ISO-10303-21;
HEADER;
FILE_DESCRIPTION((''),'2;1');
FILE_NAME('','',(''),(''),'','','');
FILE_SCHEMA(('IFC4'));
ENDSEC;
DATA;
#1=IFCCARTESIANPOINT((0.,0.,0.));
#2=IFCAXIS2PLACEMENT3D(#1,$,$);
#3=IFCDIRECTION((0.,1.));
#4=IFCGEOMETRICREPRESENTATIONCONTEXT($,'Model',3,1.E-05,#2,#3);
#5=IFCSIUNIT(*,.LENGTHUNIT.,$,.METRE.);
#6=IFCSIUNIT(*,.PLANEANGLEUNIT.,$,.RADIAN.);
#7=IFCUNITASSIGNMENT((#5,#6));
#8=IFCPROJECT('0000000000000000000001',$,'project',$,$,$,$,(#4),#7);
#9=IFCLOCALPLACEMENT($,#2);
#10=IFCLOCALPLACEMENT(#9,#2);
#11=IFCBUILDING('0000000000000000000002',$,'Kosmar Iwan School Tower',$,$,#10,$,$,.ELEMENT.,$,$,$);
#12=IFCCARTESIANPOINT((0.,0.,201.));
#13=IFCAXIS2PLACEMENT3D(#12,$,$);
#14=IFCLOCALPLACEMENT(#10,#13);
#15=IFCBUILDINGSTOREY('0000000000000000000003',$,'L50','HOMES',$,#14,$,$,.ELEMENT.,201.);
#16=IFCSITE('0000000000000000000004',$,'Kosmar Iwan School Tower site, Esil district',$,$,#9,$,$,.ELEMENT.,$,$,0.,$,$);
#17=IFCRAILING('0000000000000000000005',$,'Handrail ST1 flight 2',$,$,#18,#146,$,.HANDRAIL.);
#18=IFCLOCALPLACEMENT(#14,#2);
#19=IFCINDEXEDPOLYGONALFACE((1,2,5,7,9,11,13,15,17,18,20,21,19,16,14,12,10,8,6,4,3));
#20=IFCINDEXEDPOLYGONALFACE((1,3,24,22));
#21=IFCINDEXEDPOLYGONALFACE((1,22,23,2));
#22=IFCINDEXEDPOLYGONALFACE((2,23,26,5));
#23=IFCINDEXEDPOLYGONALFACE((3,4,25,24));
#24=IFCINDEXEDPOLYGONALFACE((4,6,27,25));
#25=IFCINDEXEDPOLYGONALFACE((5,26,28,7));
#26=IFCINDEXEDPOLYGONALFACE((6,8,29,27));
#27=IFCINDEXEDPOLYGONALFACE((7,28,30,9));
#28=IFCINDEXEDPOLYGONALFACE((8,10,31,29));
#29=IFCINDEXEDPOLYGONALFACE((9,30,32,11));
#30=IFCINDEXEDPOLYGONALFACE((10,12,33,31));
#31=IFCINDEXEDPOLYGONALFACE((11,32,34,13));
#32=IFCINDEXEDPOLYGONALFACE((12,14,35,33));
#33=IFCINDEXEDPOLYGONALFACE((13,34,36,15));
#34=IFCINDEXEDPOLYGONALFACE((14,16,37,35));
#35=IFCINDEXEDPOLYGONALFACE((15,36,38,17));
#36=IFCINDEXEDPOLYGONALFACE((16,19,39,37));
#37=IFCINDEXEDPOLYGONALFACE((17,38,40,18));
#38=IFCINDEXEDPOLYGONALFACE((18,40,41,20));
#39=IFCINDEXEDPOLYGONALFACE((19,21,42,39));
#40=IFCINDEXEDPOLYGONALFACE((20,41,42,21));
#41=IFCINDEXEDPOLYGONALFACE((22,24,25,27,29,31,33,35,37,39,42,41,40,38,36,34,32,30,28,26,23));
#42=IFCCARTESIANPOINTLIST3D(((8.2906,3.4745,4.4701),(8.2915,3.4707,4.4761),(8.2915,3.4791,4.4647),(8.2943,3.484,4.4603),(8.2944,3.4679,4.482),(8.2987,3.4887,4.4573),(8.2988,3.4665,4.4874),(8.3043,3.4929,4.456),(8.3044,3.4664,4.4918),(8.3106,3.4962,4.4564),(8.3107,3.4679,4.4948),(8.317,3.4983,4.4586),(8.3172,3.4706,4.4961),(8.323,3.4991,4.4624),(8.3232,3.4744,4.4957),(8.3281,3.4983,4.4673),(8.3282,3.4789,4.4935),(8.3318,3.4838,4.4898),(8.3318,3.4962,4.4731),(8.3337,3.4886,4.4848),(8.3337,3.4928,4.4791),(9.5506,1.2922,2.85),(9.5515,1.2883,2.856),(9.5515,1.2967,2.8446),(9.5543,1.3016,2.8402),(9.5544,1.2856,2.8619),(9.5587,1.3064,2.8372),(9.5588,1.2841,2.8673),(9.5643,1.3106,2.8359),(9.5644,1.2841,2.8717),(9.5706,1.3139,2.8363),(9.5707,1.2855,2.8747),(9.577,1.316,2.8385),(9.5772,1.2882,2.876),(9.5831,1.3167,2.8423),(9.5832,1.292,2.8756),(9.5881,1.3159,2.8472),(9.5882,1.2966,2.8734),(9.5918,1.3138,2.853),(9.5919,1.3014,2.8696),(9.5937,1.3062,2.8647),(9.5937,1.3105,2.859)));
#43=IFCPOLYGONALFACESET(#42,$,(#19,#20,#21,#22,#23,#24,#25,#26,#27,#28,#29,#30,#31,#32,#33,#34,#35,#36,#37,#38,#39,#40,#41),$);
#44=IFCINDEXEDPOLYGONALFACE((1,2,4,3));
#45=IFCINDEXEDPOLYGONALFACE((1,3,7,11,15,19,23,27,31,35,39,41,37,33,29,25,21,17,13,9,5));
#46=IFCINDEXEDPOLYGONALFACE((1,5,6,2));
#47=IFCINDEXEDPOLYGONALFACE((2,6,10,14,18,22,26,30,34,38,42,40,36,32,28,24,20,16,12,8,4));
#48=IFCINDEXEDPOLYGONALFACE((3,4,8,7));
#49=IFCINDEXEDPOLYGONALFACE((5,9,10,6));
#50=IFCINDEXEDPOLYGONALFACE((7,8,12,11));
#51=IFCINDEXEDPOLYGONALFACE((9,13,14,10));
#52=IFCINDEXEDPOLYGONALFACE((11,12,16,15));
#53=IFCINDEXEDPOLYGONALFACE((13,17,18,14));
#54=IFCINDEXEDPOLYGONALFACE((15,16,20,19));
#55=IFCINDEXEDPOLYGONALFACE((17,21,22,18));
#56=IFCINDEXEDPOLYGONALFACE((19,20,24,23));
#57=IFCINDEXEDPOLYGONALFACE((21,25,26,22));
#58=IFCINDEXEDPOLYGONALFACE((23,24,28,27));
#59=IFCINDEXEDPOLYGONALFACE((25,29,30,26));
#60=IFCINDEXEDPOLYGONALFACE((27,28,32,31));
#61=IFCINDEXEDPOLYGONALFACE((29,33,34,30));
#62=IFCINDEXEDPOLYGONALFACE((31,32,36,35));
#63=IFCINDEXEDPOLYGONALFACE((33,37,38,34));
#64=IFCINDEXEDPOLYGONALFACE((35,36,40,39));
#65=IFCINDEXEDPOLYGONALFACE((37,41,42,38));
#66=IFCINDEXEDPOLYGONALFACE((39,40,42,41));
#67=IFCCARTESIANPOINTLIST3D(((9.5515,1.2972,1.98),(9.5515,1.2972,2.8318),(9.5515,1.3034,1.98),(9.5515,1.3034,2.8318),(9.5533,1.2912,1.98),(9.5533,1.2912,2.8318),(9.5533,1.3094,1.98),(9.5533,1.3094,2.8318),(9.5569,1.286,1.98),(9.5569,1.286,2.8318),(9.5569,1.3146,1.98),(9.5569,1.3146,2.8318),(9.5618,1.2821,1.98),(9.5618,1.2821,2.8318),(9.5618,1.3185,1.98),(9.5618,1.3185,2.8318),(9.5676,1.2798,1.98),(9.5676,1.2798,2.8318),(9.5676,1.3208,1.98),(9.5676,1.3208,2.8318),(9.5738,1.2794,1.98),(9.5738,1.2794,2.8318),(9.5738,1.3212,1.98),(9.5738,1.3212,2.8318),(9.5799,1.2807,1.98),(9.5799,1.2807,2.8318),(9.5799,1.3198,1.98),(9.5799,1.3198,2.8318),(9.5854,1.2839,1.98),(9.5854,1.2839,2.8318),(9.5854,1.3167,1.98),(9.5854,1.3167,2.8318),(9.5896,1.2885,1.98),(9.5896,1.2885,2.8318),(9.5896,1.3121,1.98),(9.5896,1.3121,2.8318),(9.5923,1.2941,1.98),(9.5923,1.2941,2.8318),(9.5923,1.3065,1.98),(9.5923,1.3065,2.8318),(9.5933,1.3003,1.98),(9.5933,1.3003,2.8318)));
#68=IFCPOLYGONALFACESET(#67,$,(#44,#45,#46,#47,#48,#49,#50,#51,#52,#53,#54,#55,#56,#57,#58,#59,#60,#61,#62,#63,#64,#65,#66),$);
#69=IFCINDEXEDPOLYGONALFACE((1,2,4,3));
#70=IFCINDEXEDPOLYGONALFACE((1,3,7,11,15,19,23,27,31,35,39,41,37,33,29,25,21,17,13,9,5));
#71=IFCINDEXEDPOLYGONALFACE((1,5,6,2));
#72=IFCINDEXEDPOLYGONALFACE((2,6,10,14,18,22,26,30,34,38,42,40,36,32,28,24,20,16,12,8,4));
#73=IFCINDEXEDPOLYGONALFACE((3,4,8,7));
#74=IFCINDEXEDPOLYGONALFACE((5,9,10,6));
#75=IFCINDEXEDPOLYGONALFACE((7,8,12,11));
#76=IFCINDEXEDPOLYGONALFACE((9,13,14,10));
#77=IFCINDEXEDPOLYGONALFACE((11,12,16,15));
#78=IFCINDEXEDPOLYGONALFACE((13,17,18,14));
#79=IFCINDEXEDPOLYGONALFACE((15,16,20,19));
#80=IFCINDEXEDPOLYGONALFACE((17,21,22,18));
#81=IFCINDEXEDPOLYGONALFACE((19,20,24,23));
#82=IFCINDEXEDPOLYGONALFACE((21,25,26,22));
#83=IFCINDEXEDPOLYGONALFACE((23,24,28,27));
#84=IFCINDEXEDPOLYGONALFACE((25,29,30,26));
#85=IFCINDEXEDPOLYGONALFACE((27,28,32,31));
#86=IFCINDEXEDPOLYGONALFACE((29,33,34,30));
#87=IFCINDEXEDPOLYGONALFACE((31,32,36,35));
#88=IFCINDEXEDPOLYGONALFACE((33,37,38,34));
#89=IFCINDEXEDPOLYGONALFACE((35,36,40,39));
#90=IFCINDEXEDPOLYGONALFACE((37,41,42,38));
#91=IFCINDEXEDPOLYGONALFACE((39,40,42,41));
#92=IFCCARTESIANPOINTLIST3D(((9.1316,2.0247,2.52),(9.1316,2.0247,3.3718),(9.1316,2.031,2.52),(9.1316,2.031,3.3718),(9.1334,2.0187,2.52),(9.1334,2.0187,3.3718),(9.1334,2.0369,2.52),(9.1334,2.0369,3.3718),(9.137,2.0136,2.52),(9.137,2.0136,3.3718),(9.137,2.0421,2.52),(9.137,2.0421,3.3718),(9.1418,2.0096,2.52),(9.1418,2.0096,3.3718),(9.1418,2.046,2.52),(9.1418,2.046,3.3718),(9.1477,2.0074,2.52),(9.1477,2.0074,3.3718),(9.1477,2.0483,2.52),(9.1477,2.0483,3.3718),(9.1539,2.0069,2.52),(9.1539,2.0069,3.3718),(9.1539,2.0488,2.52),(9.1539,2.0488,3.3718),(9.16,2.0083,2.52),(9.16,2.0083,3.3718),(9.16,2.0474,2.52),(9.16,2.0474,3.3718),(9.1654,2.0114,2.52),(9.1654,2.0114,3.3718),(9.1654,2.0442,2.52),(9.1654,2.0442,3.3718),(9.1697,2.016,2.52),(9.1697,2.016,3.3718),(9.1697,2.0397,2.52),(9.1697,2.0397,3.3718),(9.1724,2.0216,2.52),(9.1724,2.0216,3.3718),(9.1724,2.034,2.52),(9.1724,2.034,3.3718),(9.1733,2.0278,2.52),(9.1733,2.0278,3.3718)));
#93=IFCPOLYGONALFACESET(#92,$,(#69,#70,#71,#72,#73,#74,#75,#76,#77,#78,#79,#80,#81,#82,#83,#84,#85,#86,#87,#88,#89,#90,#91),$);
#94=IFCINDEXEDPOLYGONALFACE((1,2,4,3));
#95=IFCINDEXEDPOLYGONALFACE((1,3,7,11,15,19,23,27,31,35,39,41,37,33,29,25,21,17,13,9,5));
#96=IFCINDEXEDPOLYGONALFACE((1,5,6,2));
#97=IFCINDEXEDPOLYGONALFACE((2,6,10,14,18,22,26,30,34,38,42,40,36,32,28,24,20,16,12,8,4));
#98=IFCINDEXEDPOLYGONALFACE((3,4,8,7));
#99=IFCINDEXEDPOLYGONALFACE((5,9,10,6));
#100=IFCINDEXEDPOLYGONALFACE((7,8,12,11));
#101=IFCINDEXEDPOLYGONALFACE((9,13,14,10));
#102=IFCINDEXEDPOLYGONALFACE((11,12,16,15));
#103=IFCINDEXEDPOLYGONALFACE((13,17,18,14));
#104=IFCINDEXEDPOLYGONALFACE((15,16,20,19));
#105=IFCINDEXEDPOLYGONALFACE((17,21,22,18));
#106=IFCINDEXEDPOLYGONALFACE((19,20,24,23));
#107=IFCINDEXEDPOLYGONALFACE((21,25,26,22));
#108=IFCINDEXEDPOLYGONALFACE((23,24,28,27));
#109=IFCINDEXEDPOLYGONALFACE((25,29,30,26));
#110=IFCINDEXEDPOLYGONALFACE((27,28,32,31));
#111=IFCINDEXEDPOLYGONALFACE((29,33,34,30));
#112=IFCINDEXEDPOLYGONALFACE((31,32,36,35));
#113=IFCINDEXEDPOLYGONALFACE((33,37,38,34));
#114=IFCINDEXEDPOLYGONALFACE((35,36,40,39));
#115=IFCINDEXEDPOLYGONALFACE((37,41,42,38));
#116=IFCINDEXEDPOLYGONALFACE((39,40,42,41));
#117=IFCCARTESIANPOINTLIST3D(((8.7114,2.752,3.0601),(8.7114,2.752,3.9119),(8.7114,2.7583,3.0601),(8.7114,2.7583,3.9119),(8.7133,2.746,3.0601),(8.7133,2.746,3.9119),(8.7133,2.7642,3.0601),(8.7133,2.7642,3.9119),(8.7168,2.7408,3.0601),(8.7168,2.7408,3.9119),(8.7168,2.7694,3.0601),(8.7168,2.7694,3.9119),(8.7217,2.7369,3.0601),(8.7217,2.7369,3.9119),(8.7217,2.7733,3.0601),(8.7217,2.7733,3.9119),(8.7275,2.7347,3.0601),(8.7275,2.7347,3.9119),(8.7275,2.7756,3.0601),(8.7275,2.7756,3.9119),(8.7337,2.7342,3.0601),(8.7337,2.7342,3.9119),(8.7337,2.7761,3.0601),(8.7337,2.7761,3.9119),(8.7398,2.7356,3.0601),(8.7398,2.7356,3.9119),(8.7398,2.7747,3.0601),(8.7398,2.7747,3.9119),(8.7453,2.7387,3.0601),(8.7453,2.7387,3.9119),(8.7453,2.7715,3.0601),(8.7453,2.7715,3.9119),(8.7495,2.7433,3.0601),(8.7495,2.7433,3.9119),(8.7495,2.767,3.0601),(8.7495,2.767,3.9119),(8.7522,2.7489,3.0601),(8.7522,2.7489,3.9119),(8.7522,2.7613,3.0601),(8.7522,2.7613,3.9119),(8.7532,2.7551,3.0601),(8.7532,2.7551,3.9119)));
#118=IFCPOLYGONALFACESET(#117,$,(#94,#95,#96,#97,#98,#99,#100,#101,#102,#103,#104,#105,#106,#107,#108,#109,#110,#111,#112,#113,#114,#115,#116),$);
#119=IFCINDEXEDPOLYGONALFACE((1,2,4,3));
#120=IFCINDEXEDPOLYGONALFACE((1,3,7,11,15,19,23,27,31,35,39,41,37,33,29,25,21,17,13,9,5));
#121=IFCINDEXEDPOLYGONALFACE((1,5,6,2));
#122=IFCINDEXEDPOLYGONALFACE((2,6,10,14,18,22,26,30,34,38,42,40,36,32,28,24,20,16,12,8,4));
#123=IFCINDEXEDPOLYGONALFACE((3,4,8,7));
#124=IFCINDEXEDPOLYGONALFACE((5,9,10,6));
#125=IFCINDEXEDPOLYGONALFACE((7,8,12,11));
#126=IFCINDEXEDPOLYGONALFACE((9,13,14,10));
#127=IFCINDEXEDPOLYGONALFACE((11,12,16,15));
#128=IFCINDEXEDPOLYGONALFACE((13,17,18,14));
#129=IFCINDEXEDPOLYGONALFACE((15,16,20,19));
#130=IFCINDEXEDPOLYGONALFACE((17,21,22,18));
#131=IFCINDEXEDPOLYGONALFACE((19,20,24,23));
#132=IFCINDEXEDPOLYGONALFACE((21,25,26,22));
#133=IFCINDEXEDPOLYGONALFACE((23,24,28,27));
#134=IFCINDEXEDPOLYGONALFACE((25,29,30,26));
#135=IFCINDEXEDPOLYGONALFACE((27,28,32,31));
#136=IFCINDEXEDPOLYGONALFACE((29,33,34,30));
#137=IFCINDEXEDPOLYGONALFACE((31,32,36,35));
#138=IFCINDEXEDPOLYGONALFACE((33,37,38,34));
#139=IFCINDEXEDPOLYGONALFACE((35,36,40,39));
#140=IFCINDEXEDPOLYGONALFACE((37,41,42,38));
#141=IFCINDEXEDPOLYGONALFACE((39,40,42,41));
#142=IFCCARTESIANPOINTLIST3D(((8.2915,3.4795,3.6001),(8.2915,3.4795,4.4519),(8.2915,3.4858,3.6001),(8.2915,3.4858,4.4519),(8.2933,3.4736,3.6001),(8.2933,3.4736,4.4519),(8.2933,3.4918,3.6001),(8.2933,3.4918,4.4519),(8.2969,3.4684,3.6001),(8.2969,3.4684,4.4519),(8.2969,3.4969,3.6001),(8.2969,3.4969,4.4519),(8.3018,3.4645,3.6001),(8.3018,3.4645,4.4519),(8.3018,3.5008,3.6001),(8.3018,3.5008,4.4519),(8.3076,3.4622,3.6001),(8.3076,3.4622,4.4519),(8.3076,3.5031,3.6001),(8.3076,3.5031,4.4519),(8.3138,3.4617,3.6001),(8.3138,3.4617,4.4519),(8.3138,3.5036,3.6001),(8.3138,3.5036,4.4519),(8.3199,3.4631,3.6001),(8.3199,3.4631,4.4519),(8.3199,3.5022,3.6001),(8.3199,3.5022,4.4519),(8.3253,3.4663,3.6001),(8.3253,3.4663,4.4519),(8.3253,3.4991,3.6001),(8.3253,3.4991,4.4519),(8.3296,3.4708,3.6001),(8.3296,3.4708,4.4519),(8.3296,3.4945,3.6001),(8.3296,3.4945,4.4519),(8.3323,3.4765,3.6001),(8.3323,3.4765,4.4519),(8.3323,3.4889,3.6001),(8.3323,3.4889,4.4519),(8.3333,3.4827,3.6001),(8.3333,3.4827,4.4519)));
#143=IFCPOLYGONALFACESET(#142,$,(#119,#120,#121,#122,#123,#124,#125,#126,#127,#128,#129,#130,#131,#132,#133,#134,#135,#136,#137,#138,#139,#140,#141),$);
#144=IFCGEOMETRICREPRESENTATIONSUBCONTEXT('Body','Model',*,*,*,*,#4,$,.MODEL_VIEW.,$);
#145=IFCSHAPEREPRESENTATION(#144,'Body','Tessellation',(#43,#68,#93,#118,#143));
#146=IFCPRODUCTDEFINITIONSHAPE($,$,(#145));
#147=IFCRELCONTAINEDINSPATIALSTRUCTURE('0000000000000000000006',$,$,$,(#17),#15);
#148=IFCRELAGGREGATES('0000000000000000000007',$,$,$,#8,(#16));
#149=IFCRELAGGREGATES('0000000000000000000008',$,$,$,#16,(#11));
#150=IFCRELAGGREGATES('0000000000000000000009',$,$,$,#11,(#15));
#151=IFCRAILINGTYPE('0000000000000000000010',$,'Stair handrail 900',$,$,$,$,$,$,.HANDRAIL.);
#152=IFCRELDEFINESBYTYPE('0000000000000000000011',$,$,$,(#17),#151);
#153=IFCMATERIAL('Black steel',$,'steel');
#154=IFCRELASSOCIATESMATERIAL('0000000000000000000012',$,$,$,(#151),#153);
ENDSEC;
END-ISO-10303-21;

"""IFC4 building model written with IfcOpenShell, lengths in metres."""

from ifc_helpers import new_model, si_unit, direction, frame, origin, origin_2d, place, context, subcontext, project, spatial, circle, extrude, material, type_object, element, save


model = new_model("IFC4")

# Units and contexts
model_context = context("Model", 3, precision=1e-05, world=origin(), true_north=direction((0.0, 1.0)))
body_context = subcontext(model_context, "Body", "Model", "MODEL_VIEW")
ifc_project = project(units=[si_unit("LENGTHUNIT", "METRE"), si_unit("PLANEANGLEUNIT", "RADIAN")], contexts=[model_context])

# Site, building, storey
site_placement = place(None, origin())
site = spatial("IfcSite", under=ifc_project, at=site_placement, Name="Kosmar Iwan School Tower site, Esil district", CompositionType="ELEMENT", RefElevation=0.0)
building_placement = place(site_placement, origin())
building = spatial("IfcBuilding", under=site, at=building_placement, Name="Kosmar Iwan School Tower", CompositionType="ELEMENT")
storey_placement = place(building_placement, frame((0.0, 0.0, 201.0)))
storey = spatial("IfcBuildingStorey", under=building, at=storey_placement, Name="L50", Description="HOMES", CompositionType="ELEMENT", Elevation=201.0)

# Railing
ifc_material_1 = material(Name="Black steel", Category="steel")
railing_type = type_object("IfcRailingType", Name="Stair handrail 900", PredefinedType="HANDRAIL", material=ifc_material_1)
railing_1_placement = place(storey_placement, frame((9.5723, 1.3003, 1.98)))
element("IfcRailing", 1, at=railing_1_placement, inside=storey, type_object=railing_type, Name="Handrail ST1 flight 2", PredefinedType="HANDRAIL", context=body_context, shape_type="SweptSolid", body=[
    extrude(circle(Radius=0.0239, at=origin_2d()), frame((0.0, 0.0, 0.876), z_axis=(-0.420584, 0.728464, 0.540786), x_axis=(-0.866023, -0.500005, 0.0)), (0.0, 0.0, 1.0), 2.9958),
    extrude(circle(Radius=0.021, at=origin_2d()), origin(), (0.0, 0.0, 1.0), 0.8518),
    extrude(circle(Radius=0.021, at=origin_2d()), frame((-0.4199, 0.7275, 0.54)), (0.0, 0.0, 1.0), 0.8518),
    extrude(circle(Radius=0.021, at=origin_2d()), frame((-0.8401, 1.4548, 1.0801)), (0.0, 0.0, 1.0), 0.8518),
    extrude(circle(Radius=0.021, at=origin_2d()), frame((-1.26, 2.1824, 1.6201)), (0.0, 0.0, 1.0), 0.8518),
])

save(model, "model.ifc")
